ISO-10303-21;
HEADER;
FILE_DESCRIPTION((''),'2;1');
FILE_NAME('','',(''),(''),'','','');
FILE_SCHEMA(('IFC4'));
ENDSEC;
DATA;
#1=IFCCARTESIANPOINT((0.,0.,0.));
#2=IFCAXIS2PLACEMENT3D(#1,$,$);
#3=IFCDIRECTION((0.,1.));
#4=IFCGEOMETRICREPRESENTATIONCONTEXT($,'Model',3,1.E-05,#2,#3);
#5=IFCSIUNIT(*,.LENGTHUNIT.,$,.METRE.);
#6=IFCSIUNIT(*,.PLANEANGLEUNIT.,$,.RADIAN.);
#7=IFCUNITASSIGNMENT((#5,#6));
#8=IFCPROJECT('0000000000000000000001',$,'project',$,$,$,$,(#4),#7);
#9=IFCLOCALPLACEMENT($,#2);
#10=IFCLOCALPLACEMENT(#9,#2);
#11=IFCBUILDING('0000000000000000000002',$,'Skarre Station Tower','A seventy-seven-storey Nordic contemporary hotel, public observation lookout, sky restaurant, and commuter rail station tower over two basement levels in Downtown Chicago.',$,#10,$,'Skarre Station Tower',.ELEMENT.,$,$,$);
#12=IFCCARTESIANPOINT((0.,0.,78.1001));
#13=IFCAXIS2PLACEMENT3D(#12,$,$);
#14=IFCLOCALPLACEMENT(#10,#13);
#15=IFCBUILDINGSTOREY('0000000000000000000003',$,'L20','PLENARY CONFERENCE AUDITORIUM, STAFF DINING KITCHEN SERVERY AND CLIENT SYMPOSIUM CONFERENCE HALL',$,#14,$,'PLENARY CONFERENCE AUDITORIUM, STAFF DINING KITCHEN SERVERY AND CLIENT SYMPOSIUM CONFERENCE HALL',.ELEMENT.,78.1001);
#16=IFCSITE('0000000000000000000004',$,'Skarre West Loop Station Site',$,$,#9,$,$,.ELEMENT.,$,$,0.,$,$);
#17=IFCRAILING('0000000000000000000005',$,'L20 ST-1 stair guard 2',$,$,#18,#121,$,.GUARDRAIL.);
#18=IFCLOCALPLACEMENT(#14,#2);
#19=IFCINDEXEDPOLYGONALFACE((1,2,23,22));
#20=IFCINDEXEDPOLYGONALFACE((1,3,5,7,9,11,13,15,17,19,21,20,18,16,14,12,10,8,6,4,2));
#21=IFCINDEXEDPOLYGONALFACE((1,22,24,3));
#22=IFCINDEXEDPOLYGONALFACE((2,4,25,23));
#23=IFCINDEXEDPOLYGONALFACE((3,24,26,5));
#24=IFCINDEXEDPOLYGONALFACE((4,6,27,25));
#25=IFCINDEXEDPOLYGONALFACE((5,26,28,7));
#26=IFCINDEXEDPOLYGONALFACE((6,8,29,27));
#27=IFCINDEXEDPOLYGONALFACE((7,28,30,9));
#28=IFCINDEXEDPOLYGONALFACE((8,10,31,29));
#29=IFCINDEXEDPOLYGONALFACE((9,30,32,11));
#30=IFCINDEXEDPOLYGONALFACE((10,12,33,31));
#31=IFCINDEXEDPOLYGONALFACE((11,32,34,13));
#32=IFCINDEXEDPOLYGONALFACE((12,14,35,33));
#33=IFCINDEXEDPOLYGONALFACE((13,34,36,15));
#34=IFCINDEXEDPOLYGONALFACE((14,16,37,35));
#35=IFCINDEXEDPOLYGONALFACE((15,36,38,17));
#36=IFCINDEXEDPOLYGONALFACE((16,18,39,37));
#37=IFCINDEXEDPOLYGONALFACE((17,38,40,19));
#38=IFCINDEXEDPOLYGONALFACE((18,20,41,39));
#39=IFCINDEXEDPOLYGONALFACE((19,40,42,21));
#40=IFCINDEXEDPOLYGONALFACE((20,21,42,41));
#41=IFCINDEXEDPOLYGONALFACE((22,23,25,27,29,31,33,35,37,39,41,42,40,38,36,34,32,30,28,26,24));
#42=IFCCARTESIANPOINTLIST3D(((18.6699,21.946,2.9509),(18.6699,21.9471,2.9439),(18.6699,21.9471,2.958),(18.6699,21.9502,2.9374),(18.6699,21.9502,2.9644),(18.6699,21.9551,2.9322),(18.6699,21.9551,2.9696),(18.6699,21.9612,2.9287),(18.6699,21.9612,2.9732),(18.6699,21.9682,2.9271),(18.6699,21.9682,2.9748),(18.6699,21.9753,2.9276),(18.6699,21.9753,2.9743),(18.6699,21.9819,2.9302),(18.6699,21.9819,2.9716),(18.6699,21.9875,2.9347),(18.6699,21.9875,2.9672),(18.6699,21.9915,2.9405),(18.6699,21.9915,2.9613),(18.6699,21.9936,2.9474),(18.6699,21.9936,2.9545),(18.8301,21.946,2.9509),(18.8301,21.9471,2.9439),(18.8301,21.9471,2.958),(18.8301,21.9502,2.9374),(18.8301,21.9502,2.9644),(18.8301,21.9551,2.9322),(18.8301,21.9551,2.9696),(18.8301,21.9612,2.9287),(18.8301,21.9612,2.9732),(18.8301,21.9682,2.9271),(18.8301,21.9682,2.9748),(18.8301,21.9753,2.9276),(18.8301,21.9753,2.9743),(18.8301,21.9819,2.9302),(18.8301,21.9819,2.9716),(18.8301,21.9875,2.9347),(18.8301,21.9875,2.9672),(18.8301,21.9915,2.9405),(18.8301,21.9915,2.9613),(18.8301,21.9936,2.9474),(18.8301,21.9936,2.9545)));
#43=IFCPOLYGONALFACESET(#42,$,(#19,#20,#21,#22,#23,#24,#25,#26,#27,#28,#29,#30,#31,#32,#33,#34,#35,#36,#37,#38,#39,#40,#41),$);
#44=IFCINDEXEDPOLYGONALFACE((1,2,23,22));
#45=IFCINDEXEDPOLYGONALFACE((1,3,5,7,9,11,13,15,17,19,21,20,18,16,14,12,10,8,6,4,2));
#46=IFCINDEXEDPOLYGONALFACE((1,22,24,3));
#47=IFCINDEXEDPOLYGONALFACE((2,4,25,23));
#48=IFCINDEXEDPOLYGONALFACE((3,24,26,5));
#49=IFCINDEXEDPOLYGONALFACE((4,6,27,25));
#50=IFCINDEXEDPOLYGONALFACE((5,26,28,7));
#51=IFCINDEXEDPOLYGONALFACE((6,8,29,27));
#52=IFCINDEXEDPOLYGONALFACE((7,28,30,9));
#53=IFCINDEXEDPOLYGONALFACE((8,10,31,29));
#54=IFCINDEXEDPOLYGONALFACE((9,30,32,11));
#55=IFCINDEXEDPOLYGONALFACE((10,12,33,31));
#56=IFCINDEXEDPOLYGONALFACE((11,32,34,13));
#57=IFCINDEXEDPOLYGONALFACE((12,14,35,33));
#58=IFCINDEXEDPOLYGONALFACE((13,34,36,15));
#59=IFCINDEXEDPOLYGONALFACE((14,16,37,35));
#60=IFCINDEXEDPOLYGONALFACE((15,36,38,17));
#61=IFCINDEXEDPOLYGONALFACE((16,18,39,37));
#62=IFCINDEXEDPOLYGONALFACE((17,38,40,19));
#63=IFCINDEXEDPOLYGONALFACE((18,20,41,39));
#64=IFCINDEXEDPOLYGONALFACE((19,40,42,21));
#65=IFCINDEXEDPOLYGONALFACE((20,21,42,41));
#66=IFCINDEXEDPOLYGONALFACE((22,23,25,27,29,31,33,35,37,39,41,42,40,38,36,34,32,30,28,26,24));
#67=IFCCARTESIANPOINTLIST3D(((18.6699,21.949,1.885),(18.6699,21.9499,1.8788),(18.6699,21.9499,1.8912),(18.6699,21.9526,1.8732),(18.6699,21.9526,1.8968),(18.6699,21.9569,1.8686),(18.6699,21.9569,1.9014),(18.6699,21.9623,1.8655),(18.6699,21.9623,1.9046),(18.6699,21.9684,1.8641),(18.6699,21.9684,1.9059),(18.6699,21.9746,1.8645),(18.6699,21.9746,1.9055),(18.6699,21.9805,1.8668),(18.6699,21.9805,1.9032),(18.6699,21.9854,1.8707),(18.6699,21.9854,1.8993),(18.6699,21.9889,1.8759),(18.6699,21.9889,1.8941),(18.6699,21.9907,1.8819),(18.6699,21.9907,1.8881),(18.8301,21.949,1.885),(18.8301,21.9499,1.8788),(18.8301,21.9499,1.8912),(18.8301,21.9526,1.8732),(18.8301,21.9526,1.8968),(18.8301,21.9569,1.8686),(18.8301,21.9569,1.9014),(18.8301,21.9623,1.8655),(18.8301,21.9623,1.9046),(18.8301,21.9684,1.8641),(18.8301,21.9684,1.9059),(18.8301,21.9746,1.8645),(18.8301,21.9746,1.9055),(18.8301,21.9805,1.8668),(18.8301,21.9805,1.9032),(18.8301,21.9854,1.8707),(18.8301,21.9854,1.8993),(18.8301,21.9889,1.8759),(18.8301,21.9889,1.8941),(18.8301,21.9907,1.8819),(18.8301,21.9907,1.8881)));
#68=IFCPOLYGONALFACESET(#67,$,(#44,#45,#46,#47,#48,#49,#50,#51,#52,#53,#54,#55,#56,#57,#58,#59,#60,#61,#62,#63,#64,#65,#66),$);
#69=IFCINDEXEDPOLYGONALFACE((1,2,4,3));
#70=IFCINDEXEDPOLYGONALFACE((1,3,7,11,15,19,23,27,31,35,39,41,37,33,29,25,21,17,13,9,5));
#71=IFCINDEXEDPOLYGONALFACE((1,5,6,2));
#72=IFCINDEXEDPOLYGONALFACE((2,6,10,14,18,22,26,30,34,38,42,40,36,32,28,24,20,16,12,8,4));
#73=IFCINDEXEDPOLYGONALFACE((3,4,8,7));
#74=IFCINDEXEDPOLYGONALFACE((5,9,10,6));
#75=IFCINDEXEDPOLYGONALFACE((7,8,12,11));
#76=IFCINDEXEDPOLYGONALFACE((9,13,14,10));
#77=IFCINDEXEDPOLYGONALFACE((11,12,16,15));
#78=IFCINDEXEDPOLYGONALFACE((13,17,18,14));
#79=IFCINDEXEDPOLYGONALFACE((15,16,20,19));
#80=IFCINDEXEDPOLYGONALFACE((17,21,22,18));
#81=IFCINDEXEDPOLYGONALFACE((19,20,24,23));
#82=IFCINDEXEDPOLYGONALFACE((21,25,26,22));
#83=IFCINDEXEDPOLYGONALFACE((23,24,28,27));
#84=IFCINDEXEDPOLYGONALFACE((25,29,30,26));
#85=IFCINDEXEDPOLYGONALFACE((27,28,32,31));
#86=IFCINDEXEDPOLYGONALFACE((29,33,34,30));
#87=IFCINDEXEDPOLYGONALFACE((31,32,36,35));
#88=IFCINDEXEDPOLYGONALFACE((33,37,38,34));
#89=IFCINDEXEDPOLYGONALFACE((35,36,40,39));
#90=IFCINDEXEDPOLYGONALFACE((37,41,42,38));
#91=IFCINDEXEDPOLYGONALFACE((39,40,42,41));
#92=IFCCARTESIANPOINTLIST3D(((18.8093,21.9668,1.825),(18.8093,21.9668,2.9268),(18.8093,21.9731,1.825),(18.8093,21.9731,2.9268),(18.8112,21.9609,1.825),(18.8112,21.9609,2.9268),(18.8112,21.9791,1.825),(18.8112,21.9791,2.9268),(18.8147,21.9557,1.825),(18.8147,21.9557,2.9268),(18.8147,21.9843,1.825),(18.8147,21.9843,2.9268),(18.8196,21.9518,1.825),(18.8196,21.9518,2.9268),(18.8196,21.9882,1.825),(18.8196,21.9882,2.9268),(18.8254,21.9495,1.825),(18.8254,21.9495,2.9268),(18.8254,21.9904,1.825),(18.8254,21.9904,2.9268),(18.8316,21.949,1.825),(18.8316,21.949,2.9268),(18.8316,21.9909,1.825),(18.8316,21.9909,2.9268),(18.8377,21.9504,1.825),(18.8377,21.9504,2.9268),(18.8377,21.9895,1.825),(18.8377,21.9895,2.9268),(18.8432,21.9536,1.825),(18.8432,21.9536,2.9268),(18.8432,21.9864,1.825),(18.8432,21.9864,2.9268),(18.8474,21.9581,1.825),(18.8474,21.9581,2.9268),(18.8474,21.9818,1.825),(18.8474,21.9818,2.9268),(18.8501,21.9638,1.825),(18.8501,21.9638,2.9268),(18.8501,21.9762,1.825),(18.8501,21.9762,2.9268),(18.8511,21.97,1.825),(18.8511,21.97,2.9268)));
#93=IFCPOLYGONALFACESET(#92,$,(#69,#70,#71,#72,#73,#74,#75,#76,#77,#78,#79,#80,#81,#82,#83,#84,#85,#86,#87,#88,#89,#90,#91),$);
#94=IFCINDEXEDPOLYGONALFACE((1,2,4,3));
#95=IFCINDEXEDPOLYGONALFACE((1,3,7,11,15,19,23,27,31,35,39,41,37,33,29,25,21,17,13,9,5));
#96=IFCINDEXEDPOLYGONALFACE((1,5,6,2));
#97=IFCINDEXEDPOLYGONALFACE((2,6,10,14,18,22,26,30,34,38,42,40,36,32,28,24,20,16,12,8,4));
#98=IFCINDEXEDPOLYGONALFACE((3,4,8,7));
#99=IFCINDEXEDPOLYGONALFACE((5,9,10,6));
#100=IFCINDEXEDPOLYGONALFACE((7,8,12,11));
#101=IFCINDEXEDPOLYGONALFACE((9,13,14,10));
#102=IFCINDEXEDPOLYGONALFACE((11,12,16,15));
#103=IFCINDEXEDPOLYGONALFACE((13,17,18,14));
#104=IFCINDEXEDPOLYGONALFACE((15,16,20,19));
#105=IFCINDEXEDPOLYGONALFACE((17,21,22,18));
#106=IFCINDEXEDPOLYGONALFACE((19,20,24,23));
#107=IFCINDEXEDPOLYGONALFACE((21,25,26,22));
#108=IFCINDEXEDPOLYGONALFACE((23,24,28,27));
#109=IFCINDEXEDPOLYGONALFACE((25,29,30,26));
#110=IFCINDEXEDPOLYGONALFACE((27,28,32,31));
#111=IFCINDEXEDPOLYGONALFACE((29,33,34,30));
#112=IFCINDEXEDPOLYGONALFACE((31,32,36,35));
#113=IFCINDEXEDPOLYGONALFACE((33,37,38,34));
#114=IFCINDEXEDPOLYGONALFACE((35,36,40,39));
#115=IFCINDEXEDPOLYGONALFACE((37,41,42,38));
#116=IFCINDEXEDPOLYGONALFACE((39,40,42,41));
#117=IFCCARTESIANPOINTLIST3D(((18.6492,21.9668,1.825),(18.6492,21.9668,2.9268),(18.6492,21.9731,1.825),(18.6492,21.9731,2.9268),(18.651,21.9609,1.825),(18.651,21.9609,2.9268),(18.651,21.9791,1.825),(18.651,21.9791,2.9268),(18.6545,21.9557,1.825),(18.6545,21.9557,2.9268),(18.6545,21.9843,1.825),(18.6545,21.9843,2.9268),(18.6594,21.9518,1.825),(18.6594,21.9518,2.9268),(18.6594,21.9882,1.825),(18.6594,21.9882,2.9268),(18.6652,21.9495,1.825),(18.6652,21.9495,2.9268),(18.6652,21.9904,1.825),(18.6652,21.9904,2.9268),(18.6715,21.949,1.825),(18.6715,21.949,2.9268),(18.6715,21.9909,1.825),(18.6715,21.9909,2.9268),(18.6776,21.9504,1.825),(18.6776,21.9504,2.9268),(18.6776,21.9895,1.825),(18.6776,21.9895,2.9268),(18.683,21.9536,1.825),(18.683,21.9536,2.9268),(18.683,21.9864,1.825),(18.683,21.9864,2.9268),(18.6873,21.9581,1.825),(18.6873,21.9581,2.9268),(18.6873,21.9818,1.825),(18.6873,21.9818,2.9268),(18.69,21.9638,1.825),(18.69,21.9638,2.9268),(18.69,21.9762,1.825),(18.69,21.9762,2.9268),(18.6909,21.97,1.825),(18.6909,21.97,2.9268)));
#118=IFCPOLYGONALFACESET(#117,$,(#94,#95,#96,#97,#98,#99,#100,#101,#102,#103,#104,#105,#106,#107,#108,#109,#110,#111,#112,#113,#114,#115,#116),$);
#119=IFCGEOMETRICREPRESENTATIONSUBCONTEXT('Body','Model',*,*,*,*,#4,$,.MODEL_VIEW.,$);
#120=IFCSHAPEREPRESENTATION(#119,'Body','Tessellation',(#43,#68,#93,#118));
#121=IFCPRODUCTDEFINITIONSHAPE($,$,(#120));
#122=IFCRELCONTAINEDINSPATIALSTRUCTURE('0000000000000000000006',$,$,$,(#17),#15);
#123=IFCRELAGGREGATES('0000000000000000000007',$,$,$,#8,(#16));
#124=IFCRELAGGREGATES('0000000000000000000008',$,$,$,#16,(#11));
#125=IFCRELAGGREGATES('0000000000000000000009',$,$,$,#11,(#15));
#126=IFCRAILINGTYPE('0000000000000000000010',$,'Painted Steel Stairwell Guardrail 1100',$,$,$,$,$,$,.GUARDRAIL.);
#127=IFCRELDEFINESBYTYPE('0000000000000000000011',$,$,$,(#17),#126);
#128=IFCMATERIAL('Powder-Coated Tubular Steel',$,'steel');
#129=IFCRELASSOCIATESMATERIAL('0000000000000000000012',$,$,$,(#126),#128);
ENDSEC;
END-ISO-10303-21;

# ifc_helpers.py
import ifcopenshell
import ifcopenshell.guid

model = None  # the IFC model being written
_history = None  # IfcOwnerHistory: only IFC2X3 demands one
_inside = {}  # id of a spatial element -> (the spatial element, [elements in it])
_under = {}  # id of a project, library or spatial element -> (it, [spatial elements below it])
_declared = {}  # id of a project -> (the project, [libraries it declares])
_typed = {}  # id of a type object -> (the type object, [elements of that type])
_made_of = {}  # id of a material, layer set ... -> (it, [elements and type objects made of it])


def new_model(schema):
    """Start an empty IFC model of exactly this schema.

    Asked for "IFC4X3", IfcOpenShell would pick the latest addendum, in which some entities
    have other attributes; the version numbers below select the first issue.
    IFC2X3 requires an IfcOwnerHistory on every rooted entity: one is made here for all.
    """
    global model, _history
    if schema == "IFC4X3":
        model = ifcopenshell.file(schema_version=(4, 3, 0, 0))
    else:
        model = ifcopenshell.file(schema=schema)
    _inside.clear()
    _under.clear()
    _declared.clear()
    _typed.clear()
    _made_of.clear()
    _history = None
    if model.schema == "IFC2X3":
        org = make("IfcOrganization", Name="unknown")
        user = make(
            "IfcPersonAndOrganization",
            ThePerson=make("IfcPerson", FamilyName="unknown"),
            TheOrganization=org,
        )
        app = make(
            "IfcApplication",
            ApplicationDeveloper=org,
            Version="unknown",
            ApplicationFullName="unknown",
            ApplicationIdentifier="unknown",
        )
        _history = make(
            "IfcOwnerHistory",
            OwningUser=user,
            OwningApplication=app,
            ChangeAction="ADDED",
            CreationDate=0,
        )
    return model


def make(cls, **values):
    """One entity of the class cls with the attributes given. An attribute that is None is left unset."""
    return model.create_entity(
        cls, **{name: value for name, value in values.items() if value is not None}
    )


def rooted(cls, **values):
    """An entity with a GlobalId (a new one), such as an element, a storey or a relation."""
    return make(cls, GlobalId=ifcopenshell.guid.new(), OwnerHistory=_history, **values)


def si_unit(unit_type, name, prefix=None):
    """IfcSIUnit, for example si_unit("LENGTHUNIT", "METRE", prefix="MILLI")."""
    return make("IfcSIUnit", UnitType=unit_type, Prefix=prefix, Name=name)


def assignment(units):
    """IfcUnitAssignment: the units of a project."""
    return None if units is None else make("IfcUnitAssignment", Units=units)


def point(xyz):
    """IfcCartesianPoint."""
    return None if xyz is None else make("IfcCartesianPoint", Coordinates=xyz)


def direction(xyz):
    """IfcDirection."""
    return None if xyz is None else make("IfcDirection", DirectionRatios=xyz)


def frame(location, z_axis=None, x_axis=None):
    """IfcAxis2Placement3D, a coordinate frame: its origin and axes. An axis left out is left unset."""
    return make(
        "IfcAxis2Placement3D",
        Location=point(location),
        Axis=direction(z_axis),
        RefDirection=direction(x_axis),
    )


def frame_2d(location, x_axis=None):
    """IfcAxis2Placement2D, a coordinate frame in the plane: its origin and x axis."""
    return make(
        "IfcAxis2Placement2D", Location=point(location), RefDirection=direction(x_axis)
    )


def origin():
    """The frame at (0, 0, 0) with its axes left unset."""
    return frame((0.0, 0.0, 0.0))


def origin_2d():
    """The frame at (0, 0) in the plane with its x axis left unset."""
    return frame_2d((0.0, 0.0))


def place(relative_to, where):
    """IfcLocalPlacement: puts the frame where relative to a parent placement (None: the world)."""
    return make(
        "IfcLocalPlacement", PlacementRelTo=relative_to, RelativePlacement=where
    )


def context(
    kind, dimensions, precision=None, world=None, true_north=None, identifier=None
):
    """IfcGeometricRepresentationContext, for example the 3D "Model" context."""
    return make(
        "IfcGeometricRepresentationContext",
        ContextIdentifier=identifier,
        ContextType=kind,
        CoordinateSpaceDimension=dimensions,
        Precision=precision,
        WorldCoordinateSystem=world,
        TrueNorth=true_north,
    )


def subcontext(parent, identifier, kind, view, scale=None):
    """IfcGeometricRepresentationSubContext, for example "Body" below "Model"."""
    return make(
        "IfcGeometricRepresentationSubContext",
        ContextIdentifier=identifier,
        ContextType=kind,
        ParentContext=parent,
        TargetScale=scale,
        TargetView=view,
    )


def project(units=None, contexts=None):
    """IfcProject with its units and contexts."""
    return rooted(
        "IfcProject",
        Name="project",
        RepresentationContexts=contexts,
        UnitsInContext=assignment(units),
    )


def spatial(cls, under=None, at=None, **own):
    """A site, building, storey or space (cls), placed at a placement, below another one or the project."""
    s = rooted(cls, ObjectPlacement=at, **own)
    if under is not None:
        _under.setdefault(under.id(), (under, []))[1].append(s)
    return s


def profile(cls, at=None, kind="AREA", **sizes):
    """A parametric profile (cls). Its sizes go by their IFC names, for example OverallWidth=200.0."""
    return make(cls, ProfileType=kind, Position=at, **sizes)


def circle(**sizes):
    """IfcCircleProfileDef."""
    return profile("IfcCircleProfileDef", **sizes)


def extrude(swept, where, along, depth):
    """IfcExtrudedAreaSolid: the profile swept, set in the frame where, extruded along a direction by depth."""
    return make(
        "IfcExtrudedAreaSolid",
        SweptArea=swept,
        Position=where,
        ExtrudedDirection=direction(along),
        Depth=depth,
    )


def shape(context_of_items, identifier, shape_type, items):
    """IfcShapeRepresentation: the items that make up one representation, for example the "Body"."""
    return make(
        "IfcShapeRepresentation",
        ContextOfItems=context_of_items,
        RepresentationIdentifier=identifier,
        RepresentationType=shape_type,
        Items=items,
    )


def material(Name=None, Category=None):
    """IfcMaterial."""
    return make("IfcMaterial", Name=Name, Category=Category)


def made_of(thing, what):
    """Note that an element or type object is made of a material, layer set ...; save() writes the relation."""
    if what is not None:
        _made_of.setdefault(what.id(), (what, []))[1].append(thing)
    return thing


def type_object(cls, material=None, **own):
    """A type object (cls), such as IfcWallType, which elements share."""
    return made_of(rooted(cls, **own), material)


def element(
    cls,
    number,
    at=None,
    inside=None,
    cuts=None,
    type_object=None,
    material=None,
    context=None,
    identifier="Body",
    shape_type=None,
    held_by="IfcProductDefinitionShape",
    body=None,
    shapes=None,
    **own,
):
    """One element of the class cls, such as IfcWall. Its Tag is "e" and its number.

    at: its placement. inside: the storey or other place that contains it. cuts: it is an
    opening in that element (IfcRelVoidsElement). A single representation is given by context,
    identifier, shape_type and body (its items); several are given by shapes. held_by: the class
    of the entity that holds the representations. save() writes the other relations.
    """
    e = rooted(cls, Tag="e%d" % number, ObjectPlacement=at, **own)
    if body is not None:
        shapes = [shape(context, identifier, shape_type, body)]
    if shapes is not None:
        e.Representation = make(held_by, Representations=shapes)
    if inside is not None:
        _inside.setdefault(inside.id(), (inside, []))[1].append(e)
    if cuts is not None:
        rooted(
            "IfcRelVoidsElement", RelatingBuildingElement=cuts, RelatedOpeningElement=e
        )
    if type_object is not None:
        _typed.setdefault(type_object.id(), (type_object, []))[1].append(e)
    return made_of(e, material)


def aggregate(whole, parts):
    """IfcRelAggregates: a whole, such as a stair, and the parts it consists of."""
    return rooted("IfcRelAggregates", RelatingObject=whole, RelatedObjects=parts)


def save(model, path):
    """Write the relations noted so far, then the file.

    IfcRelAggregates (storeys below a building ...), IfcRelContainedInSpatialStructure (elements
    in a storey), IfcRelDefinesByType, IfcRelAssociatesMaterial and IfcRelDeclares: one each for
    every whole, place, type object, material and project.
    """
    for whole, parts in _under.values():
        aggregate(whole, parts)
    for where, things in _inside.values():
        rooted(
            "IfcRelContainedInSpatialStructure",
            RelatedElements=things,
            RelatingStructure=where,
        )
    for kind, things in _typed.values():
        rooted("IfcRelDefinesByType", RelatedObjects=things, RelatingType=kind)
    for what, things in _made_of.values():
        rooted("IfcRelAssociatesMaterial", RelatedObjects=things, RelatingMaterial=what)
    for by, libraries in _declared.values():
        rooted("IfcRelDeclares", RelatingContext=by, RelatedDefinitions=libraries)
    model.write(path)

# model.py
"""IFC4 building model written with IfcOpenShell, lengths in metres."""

from ifc_helpers import new_model, si_unit, direction, frame, origin, origin_2d, place, context, subcontext, project, spatial, circle, extrude, material, type_object, element, save


model = new_model("IFC4")

# Units and contexts
model_context = context("Model", 3, precision=1e-05, world=origin(), true_north=direction((0.0, 1.0)))
body_context = subcontext(model_context, "Body", "Model", "MODEL_VIEW")
ifc_project = project(units=[si_unit("LENGTHUNIT", "METRE"), si_unit("PLANEANGLEUNIT", "RADIAN")], contexts=[model_context])

# Site, building, storey
site_placement = place(None, origin())
site = spatial("IfcSite", under=ifc_project, at=site_placement, Name="Skarre West Loop Station Site", CompositionType="ELEMENT", RefElevation=0.0)
building_placement = place(site_placement, origin())
building = spatial("IfcBuilding", under=site, at=building_placement, Name="Skarre Station Tower", Description="A seventy-seven-storey Nordic contemporary hotel, public observation lookout, sky restaurant, and commuter rail station tower over two basement levels in Downtown Chicago.", LongName="Skarre Station Tower", CompositionType="ELEMENT")
storey_placement = place(building_placement, frame((0.0, 0.0, 78.1001)))
storey = spatial("IfcBuildingStorey", under=building, at=storey_placement, Name="L20", Description="PLENARY CONFERENCE AUDITORIUM, STAFF DINING KITCHEN SERVERY AND CLIENT SYMPOSIUM CONFERENCE HALL", LongName="PLENARY CONFERENCE AUDITORIUM, STAFF DINING KITCHEN SERVERY AND CLIENT SYMPOSIUM CONFERENCE HALL", CompositionType="ELEMENT", Elevation=78.1001)

# Railing
ifc_material_1 = material(Name="Powder-Coated Tubular Steel", Category="steel")
railing_type = type_object("IfcRailingType", Name="Painted Steel Stairwell Guardrail 1100", PredefinedType="GUARDRAIL", material=ifc_material_1)
railing_1_placement = place(storey_placement, frame((18.8301, 21.97, 1.825)))
element("IfcRailing", 1, at=railing_1_placement, inside=storey, type_object=railing_type, Name="L20 ST-1 stair guard 2", PredefinedType="GUARDRAIL", context=body_context, shape_type="SweptSolid", body=[
    extrude(circle(Radius=0.0239, at=origin_2d()), frame((0.0, 0.0, 1.126), z_axis=(-1.0, 0.0, 0.0), x_axis=(0.0, -1.0, 0.0)), (0.0, 0.0, 1.0), 0.1602),
    extrude(circle(Radius=0.021, at=origin_2d()), frame((0.0, 0.0, 0.0601), z_axis=(-1.0, 0.0, 0.0), x_axis=(0.0, -1.0, 0.0)), (0.0, 0.0, 1.0), 0.1602),
    extrude(circle(Radius=0.021, at=origin_2d()), origin(), (0.0, 0.0, 1.0), 1.1018),
    extrude(circle(Radius=0.021, at=origin_2d()), frame((-0.1602, 0.0, 0.0)), (0.0, 0.0, 1.0), 1.1018),
])

save(model, "model.ifc")
